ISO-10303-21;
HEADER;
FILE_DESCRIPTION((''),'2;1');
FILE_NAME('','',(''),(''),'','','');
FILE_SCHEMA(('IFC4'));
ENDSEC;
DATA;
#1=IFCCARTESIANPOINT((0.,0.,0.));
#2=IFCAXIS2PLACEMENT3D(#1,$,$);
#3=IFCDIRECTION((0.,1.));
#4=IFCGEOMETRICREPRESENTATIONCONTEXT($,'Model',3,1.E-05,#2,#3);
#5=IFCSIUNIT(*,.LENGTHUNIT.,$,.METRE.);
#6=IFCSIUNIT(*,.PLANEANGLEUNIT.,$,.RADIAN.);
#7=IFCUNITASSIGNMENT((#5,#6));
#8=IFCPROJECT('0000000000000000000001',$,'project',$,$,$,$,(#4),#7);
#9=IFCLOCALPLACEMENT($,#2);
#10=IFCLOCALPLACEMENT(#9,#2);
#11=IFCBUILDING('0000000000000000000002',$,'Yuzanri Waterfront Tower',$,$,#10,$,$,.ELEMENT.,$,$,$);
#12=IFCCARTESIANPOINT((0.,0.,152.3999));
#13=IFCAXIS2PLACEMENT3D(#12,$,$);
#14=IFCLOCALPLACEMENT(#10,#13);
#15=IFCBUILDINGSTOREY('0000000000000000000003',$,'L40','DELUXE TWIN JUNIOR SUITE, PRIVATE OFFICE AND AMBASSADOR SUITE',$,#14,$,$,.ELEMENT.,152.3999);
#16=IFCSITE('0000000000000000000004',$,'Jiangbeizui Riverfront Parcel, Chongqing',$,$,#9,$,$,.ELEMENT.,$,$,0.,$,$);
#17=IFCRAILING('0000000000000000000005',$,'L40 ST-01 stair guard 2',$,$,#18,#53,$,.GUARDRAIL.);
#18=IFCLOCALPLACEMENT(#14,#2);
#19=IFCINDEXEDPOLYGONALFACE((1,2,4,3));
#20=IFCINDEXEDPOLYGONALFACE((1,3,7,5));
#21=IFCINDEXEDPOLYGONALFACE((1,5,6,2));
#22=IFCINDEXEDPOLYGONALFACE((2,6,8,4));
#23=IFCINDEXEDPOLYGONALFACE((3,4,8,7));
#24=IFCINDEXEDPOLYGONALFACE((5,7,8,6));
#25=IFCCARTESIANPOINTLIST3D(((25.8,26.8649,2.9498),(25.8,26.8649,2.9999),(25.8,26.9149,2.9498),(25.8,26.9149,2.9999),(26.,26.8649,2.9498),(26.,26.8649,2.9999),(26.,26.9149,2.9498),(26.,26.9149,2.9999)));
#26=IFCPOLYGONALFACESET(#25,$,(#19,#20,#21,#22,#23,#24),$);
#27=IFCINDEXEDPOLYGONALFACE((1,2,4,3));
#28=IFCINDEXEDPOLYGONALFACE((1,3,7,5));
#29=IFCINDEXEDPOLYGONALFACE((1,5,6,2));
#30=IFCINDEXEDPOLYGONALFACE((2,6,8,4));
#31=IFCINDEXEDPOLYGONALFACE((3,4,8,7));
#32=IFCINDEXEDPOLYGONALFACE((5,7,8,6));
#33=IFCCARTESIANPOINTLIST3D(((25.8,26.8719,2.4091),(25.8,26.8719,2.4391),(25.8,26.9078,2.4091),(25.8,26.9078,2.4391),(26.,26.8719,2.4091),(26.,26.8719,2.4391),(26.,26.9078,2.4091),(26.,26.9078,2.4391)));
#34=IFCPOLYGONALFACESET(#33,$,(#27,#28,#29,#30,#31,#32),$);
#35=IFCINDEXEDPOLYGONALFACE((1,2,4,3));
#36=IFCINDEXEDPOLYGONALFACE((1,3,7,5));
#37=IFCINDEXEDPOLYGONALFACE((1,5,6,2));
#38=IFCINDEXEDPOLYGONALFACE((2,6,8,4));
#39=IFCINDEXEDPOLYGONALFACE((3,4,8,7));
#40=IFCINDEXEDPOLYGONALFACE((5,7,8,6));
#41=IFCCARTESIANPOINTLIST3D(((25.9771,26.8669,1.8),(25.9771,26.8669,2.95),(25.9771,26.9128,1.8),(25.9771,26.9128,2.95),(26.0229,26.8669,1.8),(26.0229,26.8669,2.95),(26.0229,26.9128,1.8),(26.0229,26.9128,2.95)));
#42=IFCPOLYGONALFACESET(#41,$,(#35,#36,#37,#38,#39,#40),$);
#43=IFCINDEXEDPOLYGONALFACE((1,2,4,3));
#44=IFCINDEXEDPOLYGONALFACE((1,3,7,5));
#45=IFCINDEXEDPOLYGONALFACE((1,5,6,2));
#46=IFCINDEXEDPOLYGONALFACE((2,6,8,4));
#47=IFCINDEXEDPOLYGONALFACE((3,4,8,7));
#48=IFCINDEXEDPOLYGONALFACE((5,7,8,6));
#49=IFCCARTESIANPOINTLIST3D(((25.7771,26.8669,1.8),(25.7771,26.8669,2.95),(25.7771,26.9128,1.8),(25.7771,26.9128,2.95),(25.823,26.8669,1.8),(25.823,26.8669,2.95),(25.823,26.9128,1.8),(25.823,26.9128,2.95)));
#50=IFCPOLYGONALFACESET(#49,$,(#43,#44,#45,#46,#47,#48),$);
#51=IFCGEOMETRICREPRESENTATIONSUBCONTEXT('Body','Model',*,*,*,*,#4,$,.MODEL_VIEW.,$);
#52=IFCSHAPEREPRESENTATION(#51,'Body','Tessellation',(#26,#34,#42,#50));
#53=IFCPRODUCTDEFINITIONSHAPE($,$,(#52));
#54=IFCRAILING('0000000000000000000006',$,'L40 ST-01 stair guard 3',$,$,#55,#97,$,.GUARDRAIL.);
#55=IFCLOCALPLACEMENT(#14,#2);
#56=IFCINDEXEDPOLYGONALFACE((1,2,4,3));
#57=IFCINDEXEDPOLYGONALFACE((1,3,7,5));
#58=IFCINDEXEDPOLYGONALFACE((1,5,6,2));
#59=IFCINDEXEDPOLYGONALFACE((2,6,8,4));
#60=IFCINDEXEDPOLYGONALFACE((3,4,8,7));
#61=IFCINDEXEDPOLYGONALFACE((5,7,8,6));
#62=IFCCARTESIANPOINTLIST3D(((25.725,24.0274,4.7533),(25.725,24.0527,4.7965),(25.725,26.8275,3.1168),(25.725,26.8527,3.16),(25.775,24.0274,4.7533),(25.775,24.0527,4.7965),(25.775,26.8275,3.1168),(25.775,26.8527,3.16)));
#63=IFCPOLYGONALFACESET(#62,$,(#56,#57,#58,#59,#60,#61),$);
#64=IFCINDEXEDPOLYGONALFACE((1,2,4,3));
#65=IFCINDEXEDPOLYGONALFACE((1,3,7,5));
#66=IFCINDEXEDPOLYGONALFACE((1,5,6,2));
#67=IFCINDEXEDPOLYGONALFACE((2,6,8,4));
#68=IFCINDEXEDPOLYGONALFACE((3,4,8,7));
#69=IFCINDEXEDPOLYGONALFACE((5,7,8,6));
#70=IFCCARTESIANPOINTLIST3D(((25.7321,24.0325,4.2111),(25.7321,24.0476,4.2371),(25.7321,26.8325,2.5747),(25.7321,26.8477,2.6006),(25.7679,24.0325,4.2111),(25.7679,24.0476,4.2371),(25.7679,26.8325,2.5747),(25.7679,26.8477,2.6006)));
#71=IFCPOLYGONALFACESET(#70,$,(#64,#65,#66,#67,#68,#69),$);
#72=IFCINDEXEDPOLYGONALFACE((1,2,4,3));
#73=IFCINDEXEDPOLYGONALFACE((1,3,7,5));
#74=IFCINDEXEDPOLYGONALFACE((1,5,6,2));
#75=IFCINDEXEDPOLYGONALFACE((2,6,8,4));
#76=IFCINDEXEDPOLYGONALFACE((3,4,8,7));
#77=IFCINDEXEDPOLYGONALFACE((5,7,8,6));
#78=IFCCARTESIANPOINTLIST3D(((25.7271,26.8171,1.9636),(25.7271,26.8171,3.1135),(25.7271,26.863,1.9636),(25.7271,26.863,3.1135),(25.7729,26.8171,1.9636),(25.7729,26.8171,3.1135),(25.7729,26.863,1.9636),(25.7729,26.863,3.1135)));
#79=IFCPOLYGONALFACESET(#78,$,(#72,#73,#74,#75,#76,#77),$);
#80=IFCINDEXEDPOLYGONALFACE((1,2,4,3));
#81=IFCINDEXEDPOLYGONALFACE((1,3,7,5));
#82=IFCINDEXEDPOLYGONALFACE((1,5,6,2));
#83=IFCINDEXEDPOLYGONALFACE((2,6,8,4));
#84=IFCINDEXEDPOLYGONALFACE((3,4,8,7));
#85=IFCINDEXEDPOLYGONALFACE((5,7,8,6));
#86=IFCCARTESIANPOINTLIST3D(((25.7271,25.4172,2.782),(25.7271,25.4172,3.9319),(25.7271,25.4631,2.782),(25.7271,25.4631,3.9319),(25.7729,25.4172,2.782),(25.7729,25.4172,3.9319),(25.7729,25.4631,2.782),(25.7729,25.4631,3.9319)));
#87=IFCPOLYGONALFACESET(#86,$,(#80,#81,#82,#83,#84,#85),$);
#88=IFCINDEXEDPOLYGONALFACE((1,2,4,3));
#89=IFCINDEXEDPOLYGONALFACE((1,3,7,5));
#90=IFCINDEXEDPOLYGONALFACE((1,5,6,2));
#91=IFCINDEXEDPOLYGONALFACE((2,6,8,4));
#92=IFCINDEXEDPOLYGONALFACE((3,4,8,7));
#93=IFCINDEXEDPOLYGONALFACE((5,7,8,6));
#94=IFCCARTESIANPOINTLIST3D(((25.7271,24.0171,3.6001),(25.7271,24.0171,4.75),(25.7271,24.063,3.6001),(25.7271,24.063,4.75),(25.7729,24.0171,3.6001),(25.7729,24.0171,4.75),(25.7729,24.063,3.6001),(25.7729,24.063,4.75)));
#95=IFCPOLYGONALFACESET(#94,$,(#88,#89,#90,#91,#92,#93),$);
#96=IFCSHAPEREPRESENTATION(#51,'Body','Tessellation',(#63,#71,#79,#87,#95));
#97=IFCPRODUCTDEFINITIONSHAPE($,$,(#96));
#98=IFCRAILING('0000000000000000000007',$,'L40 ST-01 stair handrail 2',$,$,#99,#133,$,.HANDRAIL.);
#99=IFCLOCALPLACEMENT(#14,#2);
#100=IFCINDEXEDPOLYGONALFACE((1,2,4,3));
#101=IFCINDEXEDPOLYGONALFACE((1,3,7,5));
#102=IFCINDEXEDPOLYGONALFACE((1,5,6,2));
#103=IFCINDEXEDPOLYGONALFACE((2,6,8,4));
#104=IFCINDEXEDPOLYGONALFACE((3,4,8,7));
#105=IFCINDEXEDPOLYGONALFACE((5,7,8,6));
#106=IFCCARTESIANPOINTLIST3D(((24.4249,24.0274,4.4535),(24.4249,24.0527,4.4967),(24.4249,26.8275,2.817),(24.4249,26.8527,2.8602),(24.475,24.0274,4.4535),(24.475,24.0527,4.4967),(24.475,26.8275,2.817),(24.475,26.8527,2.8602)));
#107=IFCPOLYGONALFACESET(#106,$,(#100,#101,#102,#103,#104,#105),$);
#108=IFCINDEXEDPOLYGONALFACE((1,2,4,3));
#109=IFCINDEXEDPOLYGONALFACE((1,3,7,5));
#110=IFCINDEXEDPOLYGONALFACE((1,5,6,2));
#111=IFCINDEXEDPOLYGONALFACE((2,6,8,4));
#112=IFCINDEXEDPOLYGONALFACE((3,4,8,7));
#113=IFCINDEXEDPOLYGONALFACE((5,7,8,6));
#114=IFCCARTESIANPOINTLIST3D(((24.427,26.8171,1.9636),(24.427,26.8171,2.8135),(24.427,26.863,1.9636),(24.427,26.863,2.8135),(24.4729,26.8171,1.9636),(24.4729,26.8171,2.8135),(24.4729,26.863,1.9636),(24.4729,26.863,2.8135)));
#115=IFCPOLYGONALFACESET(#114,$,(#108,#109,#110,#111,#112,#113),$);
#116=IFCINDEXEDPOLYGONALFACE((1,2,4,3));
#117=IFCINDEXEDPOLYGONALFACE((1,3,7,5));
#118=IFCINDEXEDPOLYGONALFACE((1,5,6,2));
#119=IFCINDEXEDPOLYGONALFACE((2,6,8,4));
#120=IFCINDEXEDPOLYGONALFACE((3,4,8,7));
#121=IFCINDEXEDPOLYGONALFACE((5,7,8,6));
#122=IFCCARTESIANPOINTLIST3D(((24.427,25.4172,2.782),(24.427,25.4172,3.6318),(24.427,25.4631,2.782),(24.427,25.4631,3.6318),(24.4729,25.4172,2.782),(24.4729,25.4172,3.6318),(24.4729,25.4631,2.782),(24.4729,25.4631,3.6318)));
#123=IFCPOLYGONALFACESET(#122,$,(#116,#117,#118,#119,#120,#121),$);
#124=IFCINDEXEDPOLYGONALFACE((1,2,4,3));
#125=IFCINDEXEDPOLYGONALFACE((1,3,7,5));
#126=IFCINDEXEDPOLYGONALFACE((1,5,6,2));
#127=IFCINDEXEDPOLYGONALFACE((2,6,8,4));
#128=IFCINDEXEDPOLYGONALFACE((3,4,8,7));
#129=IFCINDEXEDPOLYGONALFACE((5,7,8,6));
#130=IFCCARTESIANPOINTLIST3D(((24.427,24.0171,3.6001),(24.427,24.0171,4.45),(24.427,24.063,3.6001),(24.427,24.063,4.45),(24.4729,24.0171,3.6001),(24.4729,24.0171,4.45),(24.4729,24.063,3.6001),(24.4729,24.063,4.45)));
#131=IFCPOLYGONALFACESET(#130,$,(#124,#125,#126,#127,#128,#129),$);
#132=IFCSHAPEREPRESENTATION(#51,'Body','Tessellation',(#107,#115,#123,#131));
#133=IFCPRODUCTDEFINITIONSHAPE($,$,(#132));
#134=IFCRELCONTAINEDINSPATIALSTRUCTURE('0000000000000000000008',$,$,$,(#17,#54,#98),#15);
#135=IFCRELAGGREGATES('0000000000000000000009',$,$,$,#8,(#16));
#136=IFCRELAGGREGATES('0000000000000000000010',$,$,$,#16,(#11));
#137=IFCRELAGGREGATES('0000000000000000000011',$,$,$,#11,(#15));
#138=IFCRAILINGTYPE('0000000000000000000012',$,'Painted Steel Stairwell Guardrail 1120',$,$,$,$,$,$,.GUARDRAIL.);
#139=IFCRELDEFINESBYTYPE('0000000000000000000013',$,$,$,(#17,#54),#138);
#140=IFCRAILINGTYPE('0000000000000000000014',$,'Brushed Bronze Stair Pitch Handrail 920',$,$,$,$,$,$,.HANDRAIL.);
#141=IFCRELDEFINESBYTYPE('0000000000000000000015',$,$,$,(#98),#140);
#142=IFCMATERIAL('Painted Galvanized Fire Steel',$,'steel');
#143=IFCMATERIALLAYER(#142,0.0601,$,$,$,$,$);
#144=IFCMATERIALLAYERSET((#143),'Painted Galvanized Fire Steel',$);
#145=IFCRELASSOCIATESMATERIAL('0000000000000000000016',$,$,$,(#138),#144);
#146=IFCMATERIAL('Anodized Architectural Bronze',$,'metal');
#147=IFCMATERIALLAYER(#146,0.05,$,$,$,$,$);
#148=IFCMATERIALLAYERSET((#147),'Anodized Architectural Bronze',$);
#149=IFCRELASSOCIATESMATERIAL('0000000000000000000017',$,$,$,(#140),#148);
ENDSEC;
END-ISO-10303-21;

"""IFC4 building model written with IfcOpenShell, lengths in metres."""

from ifc_helpers import new_model, si_unit, direction, frame, origin, origin_2d, place, context, subcontext, project, spatial, rectangle, extrude, source, transform, mapped, material, layer, layer_set, type_object, element, save


model = new_model("IFC4")

# Units and contexts
model_context = context("Model", 3, precision=1e-05, world=origin(), true_north=direction((0.0, 1.0)))
body_context = subcontext(model_context, "Body", "Model", "MODEL_VIEW")
ifc_project = project(units=[si_unit("LENGTHUNIT", "METRE"), si_unit("PLANEANGLEUNIT", "RADIAN")], contexts=[model_context])

# Site, building, storey
site_placement = place(None, origin())
site = spatial("IfcSite", under=ifc_project, at=site_placement, Name="Jiangbeizui Riverfront Parcel, Chongqing", CompositionType="ELEMENT", RefElevation=0.0)
building_placement = place(site_placement, origin())
building = spatial("IfcBuilding", under=site, at=building_placement, Name="Yuzanri Waterfront Tower", CompositionType="ELEMENT")
storey_placement = place(building_placement, frame((0.0, 0.0, 152.3999)))
storey = spatial("IfcBuildingStorey", under=building, at=storey_placement, Name="L40", Description="DELUXE TWIN JUNIOR SUITE, PRIVATE OFFICE AND AMBASSADOR SUITE", CompositionType="ELEMENT", Elevation=152.3999)

# Railings
ifc_material_1 = material(Name="Painted Galvanized Fire Steel", Category="steel")
ifc_layer_1 = layer(ifc_material_1, 0.0601)
ifc_layer_set_1 = layer_set([ifc_layer_1], Name="Painted Galvanized Fire Steel")
railing_type_1 = type_object("IfcRailingType", Name="Painted Steel Stairwell Guardrail 1120", PredefinedType="GUARDRAIL", material=ifc_layer_set_1)
shared_shape_1 = source(origin(), body_context, "Body", "SweptSolid", [
    extrude(rectangle(XDim=0.05, YDim=0.05, at=origin_2d()), frame((0.0, 0.0, 1.1748), z_axis=(-1.0, 0.0, 0.0), x_axis=(0.0, -1.0, 0.0)), (0.0, 0.0, 1.0), 0.2),
    extrude(rectangle(XDim=0.0359, YDim=0.03, at=origin_2d()), frame((0.0, 0.0, 0.624), z_axis=(-1.0, 0.0, 0.0), x_axis=(0.0, -1.0, 0.0)), (0.0, 0.0, 1.0), 0.2),
    extrude(rectangle(XDim=0.0459, YDim=0.0459, at=origin_2d()), origin(), (0.0, 0.0, 1.0), 1.1499),
    extrude(rectangle(XDim=0.0459, YDim=0.0459, at=origin_2d()), frame((-0.2, 0.0, 0.0)), (0.0, 0.0, 1.0), 1.1499),
])
railing_1_placement = place(storey_placement, frame((26.0, 26.8899, 1.8)))
element("IfcRailing", 1, at=railing_1_placement, inside=storey, type_object=railing_type_1, Name="L40 ST-01 stair guard 2", PredefinedType="GUARDRAIL", context=body_context, shape_type="MappedRepresentation", body=[
    mapped(shared_shape_1, transform((0.0, 0.0, 0.0), scale=1.0)),
])
shared_shape_2 = source(origin(), body_context, "Body", "SweptSolid", [
    extrude(rectangle(XDim=0.05, YDim=0.05, at=origin_2d()), frame((0.0, 0.0, 1.1748), z_axis=(0.0, -0.863361, 0.504587), x_axis=(1.0, 0.0, 0.0)), (0.0, 0.0, 1.0), 3.2432),
    extrude(rectangle(XDim=0.0359, YDim=0.03, at=origin_2d()), frame((0.0, 0.0, 0.624), z_axis=(0.0, -0.863361, 0.504587), x_axis=(1.0, 0.0, 0.0)), (0.0, 0.0, 1.0), 3.2432),
    extrude(rectangle(XDim=0.0459, YDim=0.0459, at=origin_2d()), origin(), (0.0, 0.0, 1.0), 1.1499),
    extrude(rectangle(XDim=0.0459, YDim=0.0459, at=origin_2d()), frame((0.0, -1.3999, 0.8184)), (0.0, 0.0, 1.0), 1.1499),
    extrude(rectangle(XDim=0.0459, YDim=0.0459, at=origin_2d()), frame((0.0, -2.8, 1.6365)), (0.0, 0.0, 1.0), 1.1499),
])
railing_2_placement = place(storey_placement, frame((25.75, 26.8401, 1.9636)))
element("IfcRailing", 2, at=railing_2_placement, inside=storey, type_object=railing_type_1, Name="L40 ST-01 stair guard 3", PredefinedType="GUARDRAIL", context=body_context, shape_type="MappedRepresentation", body=[
    mapped(shared_shape_2, transform((0.0, 0.0, 0.0), scale=1.0)),
])
ifc_material_2 = material(Name="Anodized Architectural Bronze", Category="metal")
ifc_layer_2 = layer(ifc_material_2, 0.05)
ifc_layer_set_2 = layer_set([ifc_layer_2], Name="Anodized Architectural Bronze")
railing_type_2 = type_object("IfcRailingType", Name="Brushed Bronze Stair Pitch Handrail 920", PredefinedType="HANDRAIL", material=ifc_layer_set_2)
shared_shape_3 = source(origin(), body_context, "Body", "SweptSolid", [
    extrude(rectangle(XDim=0.05, YDim=0.05, at=origin_2d()), frame((0.0, 0.0, 0.875), z_axis=(0.0, -0.863361, 0.504587), x_axis=(1.0, 0.0, 0.0)), (0.0, 0.0, 1.0), 3.2432),
    extrude(rectangle(XDim=0.0459, YDim=0.0459, at=origin_2d()), origin(), (0.0, 0.0, 1.0), 0.8499),
    extrude(rectangle(XDim=0.0459, YDim=0.0459, at=origin_2d()), frame((0.0, -1.3999, 0.8184)), (0.0, 0.0, 1.0), 0.8499),
    extrude(rectangle(XDim=0.0459, YDim=0.0459, at=origin_2d()), frame((0.0, -2.8, 1.6365)), (0.0, 0.0, 1.0), 0.8499),
])
railing_3_placement = place(storey_placement, frame((24.45, 26.8401, 1.9636)))
element("IfcRailing", 3, at=railing_3_placement, inside=storey, type_object=railing_type_2, Name="L40 ST-01 stair handrail 2", PredefinedType="HANDRAIL", context=body_context, shape_type="MappedRepresentation", body=[
    mapped(shared_shape_3, transform((0.0, 0.0, 0.0), scale=1.0)),
])

save(model, "model.ifc")
